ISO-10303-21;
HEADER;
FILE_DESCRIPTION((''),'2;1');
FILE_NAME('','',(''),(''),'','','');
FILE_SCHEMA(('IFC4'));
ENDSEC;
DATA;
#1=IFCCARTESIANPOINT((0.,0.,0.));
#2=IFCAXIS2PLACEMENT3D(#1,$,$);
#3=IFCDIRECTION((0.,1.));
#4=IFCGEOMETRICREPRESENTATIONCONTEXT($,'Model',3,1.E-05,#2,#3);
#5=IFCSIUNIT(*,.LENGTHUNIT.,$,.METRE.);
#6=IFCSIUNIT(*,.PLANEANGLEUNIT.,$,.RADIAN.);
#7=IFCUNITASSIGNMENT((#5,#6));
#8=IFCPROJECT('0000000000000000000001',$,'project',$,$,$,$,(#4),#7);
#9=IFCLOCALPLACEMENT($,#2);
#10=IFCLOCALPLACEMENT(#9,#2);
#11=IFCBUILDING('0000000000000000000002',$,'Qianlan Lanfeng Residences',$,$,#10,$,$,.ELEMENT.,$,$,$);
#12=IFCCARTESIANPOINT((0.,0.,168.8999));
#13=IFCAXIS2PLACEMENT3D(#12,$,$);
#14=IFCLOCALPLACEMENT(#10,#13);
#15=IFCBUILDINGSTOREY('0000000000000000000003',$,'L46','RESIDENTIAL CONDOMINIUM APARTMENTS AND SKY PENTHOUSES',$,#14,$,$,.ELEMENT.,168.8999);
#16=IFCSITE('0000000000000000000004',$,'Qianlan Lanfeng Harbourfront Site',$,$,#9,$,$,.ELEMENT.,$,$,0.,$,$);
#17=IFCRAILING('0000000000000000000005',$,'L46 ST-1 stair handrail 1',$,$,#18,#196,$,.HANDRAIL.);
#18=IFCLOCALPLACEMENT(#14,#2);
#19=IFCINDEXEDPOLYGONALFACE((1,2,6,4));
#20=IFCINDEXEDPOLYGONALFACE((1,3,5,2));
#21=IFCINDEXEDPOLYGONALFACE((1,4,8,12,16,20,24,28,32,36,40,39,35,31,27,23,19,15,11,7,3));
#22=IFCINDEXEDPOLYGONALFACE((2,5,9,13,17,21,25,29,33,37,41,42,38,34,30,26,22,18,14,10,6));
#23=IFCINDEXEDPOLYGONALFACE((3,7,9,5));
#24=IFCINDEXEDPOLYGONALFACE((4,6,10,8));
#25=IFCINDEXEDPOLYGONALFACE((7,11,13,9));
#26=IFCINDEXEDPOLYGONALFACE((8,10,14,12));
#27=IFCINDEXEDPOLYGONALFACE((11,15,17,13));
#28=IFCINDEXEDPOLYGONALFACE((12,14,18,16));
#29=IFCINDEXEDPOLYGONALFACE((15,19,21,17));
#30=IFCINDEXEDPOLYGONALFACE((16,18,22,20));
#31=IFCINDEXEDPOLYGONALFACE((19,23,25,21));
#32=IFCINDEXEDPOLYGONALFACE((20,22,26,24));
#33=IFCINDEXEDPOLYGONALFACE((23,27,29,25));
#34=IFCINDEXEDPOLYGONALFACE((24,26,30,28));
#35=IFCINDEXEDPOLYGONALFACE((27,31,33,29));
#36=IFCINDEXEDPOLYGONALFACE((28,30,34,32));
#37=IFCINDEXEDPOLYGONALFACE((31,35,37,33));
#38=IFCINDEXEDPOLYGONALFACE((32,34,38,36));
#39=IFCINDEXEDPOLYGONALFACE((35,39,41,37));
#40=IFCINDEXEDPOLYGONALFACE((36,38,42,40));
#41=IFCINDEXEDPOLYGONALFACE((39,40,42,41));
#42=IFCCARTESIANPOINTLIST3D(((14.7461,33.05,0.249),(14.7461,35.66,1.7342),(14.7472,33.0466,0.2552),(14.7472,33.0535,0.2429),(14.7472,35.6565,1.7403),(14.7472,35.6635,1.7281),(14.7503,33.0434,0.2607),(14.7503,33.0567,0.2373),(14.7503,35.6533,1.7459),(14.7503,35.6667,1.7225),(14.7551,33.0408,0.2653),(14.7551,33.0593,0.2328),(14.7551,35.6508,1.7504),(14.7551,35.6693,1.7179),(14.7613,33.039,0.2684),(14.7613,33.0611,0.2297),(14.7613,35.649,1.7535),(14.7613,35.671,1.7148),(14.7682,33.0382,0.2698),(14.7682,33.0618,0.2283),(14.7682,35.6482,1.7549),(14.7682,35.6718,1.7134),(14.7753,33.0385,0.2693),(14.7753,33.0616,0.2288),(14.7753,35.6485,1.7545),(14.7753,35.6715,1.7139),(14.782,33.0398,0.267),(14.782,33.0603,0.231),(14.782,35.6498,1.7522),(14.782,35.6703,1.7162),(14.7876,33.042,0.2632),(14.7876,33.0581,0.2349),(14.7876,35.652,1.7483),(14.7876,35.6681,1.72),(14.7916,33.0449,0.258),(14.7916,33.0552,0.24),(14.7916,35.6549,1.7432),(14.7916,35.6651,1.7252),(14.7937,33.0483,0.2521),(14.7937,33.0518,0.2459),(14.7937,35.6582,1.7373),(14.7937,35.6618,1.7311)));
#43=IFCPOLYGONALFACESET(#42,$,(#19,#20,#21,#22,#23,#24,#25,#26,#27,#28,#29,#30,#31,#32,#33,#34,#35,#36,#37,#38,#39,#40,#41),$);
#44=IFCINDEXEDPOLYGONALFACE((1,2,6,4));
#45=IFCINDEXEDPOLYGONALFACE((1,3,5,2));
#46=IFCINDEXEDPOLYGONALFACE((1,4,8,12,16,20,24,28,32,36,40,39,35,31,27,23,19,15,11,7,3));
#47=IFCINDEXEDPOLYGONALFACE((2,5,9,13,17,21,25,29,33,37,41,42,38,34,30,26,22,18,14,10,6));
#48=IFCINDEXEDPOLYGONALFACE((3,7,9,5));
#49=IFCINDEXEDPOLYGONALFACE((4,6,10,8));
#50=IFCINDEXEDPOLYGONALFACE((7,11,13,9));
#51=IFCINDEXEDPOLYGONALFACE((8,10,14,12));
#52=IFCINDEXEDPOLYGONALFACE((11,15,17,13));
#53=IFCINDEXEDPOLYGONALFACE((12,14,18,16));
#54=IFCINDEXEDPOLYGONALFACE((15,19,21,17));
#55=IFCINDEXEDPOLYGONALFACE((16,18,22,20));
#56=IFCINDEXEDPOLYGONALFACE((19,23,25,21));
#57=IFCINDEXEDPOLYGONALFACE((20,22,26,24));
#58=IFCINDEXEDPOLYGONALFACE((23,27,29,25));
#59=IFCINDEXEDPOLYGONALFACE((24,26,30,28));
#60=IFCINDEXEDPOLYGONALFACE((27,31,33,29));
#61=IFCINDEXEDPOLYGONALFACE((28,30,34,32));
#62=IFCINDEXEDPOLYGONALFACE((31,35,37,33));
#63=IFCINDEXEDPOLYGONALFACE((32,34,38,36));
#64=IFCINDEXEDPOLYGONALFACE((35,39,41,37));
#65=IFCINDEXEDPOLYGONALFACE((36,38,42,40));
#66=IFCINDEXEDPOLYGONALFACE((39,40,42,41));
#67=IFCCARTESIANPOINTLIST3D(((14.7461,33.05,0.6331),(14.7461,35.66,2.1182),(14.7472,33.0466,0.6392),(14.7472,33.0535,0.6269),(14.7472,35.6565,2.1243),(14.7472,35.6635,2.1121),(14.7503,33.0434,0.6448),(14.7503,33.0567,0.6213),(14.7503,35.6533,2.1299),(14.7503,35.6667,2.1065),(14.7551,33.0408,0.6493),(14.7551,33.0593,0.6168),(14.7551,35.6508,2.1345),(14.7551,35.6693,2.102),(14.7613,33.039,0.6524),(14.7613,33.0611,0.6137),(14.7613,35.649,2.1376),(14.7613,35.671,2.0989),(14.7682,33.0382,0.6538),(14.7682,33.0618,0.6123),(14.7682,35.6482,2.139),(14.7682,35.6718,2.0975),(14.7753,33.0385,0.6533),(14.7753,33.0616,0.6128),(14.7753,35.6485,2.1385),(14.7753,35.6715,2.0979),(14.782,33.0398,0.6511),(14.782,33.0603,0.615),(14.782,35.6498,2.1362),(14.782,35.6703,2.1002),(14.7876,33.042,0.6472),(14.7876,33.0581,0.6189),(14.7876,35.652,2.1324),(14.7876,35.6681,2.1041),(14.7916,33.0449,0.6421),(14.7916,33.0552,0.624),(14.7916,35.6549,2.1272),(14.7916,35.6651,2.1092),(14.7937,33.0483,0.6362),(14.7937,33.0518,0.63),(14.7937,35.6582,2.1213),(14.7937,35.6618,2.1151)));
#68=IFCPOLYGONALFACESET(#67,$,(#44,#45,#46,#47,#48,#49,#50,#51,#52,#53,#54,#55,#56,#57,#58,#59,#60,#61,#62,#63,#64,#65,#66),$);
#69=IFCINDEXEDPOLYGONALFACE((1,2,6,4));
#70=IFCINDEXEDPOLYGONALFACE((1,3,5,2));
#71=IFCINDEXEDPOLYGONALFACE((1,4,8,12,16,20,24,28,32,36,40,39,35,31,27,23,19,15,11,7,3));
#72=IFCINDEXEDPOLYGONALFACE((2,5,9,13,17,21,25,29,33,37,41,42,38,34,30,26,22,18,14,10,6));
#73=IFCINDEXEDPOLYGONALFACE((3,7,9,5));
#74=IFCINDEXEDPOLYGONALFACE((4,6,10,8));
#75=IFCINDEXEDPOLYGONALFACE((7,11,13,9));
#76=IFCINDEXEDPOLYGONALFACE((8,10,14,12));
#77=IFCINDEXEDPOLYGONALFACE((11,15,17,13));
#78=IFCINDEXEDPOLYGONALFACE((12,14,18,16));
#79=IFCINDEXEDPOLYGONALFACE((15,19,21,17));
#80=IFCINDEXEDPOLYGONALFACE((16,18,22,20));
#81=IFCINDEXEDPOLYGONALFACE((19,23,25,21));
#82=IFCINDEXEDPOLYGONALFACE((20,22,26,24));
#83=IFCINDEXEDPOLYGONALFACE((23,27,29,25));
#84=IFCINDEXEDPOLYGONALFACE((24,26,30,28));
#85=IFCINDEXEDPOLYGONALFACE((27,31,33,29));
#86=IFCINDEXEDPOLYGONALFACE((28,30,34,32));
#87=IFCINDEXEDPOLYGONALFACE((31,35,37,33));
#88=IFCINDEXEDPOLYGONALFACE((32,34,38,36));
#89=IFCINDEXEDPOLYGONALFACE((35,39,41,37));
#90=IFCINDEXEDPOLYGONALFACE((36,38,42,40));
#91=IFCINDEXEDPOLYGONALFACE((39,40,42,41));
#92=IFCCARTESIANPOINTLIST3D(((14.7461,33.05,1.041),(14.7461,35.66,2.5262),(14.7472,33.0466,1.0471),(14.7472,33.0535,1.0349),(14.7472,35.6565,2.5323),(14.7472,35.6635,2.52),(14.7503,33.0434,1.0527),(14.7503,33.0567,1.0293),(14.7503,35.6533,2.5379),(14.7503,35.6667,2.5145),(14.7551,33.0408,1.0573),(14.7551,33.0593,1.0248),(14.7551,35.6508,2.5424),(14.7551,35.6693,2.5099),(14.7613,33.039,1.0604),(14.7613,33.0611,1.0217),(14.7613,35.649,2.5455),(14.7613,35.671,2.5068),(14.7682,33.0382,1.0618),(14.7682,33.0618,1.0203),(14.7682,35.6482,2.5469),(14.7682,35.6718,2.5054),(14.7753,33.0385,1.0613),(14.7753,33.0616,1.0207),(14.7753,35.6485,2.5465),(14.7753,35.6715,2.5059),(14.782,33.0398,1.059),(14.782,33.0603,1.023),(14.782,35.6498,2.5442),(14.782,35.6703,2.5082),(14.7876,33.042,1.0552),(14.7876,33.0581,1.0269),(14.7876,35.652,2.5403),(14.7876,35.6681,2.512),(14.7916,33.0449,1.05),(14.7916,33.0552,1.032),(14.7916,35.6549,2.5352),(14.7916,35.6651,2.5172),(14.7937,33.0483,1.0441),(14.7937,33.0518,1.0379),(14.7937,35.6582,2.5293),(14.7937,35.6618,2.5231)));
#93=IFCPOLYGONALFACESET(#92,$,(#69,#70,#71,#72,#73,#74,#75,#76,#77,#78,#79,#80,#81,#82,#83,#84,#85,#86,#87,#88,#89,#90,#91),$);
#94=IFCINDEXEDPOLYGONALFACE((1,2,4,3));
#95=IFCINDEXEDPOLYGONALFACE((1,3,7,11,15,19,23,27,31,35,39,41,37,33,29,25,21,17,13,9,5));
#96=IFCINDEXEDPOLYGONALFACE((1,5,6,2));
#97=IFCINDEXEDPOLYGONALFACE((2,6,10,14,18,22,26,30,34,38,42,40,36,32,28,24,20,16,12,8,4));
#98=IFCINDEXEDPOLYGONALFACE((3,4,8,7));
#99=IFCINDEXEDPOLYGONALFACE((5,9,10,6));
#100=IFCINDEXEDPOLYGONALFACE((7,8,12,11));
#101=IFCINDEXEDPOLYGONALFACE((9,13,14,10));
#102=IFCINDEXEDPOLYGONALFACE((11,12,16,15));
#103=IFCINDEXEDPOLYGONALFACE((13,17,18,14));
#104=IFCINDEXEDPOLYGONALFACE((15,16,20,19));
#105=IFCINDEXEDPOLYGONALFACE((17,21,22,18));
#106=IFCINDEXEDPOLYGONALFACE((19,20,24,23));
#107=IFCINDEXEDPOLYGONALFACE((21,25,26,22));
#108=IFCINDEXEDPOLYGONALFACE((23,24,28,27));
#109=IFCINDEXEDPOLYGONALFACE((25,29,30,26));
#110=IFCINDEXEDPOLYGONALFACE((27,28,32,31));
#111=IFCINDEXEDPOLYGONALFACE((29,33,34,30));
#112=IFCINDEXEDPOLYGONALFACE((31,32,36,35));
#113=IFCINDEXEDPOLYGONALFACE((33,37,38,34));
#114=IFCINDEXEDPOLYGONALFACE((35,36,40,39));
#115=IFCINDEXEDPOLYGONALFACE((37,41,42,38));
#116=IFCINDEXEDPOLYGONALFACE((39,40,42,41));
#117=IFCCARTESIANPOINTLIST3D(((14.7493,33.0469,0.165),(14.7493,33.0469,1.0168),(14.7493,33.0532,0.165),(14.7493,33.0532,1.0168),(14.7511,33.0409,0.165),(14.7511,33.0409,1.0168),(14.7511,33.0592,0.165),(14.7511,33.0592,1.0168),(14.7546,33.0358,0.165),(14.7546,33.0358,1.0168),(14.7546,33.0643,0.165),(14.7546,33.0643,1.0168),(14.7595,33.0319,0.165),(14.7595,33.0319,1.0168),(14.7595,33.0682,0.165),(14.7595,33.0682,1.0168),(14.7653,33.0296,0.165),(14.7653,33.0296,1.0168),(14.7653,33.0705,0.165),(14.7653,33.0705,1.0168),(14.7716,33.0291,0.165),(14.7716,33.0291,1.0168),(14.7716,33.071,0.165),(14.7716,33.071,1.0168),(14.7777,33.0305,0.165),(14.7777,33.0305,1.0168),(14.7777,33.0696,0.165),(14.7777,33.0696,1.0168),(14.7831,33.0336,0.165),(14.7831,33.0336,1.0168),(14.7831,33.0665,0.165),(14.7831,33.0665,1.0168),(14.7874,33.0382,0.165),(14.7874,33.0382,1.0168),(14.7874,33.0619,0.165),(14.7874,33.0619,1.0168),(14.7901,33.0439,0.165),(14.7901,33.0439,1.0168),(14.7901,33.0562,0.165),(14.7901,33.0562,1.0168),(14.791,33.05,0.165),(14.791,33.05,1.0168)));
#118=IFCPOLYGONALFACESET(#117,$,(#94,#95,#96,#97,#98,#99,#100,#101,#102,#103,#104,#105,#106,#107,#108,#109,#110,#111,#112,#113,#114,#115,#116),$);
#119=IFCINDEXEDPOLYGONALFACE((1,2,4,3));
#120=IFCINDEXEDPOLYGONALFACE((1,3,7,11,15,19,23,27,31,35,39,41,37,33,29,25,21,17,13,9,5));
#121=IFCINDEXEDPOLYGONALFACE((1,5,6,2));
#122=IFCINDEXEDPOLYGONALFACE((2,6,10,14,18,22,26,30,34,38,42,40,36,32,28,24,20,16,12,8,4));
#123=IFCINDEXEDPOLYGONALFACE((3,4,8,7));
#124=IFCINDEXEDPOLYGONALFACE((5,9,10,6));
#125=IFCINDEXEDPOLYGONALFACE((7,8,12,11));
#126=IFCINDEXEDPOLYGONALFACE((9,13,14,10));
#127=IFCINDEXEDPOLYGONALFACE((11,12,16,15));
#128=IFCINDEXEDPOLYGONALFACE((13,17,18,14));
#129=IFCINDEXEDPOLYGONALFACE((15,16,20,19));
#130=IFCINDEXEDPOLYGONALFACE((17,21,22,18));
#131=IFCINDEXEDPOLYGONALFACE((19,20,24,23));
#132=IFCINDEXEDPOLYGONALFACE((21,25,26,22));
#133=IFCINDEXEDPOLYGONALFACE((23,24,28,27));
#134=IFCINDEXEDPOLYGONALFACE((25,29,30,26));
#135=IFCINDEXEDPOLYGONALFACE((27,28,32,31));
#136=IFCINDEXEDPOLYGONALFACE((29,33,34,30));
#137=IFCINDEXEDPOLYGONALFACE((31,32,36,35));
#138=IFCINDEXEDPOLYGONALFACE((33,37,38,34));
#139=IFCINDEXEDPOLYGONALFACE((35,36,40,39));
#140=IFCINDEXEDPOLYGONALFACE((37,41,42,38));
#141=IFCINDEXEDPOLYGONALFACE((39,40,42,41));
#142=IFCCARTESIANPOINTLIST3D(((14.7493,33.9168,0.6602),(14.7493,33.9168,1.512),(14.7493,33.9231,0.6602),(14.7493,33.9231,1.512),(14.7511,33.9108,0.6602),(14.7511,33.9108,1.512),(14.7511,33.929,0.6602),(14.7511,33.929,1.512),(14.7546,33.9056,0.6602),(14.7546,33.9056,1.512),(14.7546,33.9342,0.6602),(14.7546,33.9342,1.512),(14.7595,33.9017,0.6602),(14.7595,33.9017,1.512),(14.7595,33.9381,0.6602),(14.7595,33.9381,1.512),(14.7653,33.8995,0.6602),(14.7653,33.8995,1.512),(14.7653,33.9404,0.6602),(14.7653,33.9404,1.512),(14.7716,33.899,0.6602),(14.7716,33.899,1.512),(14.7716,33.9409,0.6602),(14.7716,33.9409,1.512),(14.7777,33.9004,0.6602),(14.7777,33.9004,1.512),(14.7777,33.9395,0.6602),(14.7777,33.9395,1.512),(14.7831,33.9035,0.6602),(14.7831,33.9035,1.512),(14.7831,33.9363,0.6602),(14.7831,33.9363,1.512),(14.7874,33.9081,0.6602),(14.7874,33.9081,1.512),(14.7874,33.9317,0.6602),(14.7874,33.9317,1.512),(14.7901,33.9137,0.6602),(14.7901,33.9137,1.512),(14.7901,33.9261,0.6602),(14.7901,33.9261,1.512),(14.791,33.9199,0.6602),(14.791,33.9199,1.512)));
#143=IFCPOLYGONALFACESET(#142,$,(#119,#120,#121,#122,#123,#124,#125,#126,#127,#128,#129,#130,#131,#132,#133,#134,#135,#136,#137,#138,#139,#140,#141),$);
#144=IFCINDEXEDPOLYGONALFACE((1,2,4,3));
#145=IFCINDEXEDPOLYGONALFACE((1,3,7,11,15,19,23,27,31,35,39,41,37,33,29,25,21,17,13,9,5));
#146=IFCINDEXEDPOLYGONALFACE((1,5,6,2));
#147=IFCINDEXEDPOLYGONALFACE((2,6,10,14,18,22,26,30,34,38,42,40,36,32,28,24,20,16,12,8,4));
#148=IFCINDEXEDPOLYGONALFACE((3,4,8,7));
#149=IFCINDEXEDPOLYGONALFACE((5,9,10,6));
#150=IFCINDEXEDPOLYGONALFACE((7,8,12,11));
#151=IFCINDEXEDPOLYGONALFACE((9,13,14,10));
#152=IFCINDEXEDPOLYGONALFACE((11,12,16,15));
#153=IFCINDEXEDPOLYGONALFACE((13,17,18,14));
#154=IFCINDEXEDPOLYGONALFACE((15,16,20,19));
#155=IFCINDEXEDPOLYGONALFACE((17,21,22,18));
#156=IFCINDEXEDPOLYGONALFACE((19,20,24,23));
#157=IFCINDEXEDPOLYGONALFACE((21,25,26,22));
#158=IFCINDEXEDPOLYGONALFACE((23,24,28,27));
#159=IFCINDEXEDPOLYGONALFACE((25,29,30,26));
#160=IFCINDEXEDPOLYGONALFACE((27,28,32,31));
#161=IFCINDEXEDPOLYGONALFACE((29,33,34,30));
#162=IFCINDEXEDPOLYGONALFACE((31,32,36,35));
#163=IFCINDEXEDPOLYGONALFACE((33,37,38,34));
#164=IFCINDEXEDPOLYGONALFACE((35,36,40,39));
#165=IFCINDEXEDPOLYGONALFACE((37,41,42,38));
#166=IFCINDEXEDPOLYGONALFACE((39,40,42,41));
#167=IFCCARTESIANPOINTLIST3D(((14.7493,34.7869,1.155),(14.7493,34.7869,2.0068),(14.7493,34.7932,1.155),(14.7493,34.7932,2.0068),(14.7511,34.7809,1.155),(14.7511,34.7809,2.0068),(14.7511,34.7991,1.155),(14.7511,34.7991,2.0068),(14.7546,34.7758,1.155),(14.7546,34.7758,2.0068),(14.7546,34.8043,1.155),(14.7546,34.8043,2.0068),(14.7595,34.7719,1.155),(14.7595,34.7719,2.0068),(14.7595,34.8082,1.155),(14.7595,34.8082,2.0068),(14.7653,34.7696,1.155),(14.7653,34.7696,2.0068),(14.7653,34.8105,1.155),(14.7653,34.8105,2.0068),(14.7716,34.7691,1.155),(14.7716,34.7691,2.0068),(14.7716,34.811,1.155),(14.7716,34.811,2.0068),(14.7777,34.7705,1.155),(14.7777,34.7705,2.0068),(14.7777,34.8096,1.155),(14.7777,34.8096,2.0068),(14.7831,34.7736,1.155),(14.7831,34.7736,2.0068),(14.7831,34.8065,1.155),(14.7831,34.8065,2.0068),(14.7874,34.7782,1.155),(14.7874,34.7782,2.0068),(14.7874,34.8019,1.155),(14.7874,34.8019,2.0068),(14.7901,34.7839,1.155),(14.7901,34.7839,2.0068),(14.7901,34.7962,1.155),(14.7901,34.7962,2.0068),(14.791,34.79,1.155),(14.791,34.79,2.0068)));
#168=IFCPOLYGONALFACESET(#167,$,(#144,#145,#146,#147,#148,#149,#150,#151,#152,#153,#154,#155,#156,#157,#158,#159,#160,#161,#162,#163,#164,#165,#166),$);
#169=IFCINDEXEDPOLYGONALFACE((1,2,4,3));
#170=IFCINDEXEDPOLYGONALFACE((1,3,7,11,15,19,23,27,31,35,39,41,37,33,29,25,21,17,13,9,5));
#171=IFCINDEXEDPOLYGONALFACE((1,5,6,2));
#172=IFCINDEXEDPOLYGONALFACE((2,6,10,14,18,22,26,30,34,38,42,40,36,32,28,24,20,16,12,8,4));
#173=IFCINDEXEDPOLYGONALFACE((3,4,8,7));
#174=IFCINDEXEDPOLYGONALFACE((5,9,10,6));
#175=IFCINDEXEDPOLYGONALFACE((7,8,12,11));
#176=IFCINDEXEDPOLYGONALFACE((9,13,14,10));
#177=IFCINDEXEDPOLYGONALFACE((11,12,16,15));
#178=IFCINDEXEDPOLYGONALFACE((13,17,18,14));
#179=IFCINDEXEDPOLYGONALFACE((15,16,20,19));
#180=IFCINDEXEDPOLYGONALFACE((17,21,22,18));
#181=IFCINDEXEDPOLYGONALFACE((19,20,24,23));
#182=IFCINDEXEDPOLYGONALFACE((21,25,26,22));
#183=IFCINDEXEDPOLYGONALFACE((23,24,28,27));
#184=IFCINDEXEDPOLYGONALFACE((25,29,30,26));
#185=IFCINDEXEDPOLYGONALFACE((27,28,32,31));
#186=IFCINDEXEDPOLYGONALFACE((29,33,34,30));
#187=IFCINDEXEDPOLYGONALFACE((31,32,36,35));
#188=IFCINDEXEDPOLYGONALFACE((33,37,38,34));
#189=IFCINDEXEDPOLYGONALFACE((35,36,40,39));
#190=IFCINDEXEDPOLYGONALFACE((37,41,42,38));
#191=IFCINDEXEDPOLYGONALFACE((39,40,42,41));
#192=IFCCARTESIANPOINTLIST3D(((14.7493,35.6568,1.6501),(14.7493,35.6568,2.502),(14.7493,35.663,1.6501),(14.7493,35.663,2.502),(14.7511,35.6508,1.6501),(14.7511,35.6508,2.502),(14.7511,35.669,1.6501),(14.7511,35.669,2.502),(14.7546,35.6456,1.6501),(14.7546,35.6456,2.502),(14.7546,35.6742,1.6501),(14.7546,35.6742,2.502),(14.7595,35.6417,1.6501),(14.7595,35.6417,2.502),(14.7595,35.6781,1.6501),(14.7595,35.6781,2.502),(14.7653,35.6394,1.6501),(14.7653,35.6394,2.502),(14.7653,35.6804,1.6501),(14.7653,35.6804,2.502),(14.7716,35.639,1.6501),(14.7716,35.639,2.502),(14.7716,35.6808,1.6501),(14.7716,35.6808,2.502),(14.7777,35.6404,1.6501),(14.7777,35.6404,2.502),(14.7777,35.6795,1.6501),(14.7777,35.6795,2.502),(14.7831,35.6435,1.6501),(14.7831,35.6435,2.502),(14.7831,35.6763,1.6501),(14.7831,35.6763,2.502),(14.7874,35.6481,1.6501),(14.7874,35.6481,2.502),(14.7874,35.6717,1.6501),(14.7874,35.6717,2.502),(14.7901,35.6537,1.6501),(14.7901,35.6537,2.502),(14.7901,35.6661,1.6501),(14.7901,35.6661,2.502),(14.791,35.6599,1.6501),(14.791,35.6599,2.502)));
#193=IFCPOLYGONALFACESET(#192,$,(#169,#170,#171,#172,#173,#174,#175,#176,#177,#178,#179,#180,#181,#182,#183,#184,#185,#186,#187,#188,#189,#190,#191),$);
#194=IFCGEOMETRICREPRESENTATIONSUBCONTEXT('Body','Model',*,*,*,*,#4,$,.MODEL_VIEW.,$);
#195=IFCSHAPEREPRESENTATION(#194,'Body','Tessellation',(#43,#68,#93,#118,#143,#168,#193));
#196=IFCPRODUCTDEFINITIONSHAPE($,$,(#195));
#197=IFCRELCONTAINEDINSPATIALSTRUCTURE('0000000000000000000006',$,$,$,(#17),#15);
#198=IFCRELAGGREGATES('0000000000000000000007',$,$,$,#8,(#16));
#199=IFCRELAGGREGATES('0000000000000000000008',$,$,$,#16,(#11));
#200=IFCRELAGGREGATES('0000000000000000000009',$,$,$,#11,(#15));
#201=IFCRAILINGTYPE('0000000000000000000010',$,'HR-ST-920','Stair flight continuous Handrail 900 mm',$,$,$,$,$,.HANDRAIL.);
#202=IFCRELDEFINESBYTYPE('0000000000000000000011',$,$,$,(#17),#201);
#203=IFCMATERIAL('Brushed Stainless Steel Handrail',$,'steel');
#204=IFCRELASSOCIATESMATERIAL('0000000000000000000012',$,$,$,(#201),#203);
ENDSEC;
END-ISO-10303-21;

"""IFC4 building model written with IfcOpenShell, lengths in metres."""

from ifc_helpers import new_model, si_unit, direction, frame, origin, origin_2d, place, context, subcontext, project, spatial, circle, extrude, material, type_object, element, save


model = new_model("IFC4")

# Units and contexts
model_context = context("Model", 3, precision=1e-05, world=origin(), true_north=direction((0.0, 1.0)))
body_context = subcontext(model_context, "Body", "Model", "MODEL_VIEW")
ifc_project = project(units=[si_unit("LENGTHUNIT", "METRE"), si_unit("PLANEANGLEUNIT", "RADIAN")], contexts=[model_context])

# Site, building, storey
site_placement = place(None, origin())
site = spatial("IfcSite", under=ifc_project, at=site_placement, Name="Qianlan Lanfeng Harbourfront Site", CompositionType="ELEMENT", RefElevation=0.0)
building_placement = place(site_placement, origin())
building = spatial("IfcBuilding", under=site, at=building_placement, Name="Qianlan Lanfeng Residences", CompositionType="ELEMENT")
storey_placement = place(building_placement, frame((0.0, 0.0, 168.8999)))
storey = spatial("IfcBuildingStorey", under=building, at=storey_placement, Name="L46", Description="RESIDENTIAL CONDOMINIUM APARTMENTS AND SKY PENTHOUSES", CompositionType="ELEMENT", Elevation=168.8999)

# Railing
ifc_material_1 = material(Name="Brushed Stainless Steel Handrail", Category="steel")
railing_type_1 = type_object("IfcRailingType", Name="HR-ST-920", Description="Stair flight continuous Handrail 900 mm", PredefinedType="HANDRAIL", material=ifc_material_1)
railing_1_placement = place(storey_placement, frame((14.77, 33.05, 0.165)))
element("IfcRailing", 1, at=railing_1_placement, inside=storey, type_object=railing_type_1, Name="L46 ST-1 stair handrail 1", PredefinedType="HANDRAIL", context=body_context, shape_type="SweptSolid", body=[
    extrude(circle(Radius=0.0239, at=origin_2d()), frame((0.0, 0.0, 0.084), z_axis=(0.0, 0.869137, 0.494571), x_axis=(-1.0, 0.0, 0.0)), (0.0, 0.0, 1.0), 3.0029),
    extrude(circle(Radius=0.0239, at=origin_2d()), frame((0.0, 0.0, 0.468), z_axis=(0.0, 0.869137, 0.494571), x_axis=(-1.0, 0.0, 0.0)), (0.0, 0.0, 1.0), 3.0029),
    extrude(circle(Radius=0.0239, at=origin_2d()), frame((0.0, 0.0, 0.876), z_axis=(0.0, 0.869137, 0.494571), x_axis=(-1.0, 0.0, 0.0)), (0.0, 0.0, 1.0), 3.0029),
    extrude(circle(Radius=0.021, at=origin_2d()), origin(), (0.0, 0.0, 1.0), 0.8518),
    extrude(circle(Radius=0.021, at=origin_2d()), frame((0.0, 0.8699, 0.4951)), (0.0, 0.0, 1.0), 0.8518),
    extrude(circle(Radius=0.021, at=origin_2d()), frame((0.0, 1.74, 0.99)), (0.0, 0.0, 1.0), 0.8518),
    extrude(circle(Radius=0.021, at=origin_2d()), frame((0.0, 2.6099, 1.4851)), (0.0, 0.0, 1.0), 0.8518),
])

save(model, "model.ifc")
